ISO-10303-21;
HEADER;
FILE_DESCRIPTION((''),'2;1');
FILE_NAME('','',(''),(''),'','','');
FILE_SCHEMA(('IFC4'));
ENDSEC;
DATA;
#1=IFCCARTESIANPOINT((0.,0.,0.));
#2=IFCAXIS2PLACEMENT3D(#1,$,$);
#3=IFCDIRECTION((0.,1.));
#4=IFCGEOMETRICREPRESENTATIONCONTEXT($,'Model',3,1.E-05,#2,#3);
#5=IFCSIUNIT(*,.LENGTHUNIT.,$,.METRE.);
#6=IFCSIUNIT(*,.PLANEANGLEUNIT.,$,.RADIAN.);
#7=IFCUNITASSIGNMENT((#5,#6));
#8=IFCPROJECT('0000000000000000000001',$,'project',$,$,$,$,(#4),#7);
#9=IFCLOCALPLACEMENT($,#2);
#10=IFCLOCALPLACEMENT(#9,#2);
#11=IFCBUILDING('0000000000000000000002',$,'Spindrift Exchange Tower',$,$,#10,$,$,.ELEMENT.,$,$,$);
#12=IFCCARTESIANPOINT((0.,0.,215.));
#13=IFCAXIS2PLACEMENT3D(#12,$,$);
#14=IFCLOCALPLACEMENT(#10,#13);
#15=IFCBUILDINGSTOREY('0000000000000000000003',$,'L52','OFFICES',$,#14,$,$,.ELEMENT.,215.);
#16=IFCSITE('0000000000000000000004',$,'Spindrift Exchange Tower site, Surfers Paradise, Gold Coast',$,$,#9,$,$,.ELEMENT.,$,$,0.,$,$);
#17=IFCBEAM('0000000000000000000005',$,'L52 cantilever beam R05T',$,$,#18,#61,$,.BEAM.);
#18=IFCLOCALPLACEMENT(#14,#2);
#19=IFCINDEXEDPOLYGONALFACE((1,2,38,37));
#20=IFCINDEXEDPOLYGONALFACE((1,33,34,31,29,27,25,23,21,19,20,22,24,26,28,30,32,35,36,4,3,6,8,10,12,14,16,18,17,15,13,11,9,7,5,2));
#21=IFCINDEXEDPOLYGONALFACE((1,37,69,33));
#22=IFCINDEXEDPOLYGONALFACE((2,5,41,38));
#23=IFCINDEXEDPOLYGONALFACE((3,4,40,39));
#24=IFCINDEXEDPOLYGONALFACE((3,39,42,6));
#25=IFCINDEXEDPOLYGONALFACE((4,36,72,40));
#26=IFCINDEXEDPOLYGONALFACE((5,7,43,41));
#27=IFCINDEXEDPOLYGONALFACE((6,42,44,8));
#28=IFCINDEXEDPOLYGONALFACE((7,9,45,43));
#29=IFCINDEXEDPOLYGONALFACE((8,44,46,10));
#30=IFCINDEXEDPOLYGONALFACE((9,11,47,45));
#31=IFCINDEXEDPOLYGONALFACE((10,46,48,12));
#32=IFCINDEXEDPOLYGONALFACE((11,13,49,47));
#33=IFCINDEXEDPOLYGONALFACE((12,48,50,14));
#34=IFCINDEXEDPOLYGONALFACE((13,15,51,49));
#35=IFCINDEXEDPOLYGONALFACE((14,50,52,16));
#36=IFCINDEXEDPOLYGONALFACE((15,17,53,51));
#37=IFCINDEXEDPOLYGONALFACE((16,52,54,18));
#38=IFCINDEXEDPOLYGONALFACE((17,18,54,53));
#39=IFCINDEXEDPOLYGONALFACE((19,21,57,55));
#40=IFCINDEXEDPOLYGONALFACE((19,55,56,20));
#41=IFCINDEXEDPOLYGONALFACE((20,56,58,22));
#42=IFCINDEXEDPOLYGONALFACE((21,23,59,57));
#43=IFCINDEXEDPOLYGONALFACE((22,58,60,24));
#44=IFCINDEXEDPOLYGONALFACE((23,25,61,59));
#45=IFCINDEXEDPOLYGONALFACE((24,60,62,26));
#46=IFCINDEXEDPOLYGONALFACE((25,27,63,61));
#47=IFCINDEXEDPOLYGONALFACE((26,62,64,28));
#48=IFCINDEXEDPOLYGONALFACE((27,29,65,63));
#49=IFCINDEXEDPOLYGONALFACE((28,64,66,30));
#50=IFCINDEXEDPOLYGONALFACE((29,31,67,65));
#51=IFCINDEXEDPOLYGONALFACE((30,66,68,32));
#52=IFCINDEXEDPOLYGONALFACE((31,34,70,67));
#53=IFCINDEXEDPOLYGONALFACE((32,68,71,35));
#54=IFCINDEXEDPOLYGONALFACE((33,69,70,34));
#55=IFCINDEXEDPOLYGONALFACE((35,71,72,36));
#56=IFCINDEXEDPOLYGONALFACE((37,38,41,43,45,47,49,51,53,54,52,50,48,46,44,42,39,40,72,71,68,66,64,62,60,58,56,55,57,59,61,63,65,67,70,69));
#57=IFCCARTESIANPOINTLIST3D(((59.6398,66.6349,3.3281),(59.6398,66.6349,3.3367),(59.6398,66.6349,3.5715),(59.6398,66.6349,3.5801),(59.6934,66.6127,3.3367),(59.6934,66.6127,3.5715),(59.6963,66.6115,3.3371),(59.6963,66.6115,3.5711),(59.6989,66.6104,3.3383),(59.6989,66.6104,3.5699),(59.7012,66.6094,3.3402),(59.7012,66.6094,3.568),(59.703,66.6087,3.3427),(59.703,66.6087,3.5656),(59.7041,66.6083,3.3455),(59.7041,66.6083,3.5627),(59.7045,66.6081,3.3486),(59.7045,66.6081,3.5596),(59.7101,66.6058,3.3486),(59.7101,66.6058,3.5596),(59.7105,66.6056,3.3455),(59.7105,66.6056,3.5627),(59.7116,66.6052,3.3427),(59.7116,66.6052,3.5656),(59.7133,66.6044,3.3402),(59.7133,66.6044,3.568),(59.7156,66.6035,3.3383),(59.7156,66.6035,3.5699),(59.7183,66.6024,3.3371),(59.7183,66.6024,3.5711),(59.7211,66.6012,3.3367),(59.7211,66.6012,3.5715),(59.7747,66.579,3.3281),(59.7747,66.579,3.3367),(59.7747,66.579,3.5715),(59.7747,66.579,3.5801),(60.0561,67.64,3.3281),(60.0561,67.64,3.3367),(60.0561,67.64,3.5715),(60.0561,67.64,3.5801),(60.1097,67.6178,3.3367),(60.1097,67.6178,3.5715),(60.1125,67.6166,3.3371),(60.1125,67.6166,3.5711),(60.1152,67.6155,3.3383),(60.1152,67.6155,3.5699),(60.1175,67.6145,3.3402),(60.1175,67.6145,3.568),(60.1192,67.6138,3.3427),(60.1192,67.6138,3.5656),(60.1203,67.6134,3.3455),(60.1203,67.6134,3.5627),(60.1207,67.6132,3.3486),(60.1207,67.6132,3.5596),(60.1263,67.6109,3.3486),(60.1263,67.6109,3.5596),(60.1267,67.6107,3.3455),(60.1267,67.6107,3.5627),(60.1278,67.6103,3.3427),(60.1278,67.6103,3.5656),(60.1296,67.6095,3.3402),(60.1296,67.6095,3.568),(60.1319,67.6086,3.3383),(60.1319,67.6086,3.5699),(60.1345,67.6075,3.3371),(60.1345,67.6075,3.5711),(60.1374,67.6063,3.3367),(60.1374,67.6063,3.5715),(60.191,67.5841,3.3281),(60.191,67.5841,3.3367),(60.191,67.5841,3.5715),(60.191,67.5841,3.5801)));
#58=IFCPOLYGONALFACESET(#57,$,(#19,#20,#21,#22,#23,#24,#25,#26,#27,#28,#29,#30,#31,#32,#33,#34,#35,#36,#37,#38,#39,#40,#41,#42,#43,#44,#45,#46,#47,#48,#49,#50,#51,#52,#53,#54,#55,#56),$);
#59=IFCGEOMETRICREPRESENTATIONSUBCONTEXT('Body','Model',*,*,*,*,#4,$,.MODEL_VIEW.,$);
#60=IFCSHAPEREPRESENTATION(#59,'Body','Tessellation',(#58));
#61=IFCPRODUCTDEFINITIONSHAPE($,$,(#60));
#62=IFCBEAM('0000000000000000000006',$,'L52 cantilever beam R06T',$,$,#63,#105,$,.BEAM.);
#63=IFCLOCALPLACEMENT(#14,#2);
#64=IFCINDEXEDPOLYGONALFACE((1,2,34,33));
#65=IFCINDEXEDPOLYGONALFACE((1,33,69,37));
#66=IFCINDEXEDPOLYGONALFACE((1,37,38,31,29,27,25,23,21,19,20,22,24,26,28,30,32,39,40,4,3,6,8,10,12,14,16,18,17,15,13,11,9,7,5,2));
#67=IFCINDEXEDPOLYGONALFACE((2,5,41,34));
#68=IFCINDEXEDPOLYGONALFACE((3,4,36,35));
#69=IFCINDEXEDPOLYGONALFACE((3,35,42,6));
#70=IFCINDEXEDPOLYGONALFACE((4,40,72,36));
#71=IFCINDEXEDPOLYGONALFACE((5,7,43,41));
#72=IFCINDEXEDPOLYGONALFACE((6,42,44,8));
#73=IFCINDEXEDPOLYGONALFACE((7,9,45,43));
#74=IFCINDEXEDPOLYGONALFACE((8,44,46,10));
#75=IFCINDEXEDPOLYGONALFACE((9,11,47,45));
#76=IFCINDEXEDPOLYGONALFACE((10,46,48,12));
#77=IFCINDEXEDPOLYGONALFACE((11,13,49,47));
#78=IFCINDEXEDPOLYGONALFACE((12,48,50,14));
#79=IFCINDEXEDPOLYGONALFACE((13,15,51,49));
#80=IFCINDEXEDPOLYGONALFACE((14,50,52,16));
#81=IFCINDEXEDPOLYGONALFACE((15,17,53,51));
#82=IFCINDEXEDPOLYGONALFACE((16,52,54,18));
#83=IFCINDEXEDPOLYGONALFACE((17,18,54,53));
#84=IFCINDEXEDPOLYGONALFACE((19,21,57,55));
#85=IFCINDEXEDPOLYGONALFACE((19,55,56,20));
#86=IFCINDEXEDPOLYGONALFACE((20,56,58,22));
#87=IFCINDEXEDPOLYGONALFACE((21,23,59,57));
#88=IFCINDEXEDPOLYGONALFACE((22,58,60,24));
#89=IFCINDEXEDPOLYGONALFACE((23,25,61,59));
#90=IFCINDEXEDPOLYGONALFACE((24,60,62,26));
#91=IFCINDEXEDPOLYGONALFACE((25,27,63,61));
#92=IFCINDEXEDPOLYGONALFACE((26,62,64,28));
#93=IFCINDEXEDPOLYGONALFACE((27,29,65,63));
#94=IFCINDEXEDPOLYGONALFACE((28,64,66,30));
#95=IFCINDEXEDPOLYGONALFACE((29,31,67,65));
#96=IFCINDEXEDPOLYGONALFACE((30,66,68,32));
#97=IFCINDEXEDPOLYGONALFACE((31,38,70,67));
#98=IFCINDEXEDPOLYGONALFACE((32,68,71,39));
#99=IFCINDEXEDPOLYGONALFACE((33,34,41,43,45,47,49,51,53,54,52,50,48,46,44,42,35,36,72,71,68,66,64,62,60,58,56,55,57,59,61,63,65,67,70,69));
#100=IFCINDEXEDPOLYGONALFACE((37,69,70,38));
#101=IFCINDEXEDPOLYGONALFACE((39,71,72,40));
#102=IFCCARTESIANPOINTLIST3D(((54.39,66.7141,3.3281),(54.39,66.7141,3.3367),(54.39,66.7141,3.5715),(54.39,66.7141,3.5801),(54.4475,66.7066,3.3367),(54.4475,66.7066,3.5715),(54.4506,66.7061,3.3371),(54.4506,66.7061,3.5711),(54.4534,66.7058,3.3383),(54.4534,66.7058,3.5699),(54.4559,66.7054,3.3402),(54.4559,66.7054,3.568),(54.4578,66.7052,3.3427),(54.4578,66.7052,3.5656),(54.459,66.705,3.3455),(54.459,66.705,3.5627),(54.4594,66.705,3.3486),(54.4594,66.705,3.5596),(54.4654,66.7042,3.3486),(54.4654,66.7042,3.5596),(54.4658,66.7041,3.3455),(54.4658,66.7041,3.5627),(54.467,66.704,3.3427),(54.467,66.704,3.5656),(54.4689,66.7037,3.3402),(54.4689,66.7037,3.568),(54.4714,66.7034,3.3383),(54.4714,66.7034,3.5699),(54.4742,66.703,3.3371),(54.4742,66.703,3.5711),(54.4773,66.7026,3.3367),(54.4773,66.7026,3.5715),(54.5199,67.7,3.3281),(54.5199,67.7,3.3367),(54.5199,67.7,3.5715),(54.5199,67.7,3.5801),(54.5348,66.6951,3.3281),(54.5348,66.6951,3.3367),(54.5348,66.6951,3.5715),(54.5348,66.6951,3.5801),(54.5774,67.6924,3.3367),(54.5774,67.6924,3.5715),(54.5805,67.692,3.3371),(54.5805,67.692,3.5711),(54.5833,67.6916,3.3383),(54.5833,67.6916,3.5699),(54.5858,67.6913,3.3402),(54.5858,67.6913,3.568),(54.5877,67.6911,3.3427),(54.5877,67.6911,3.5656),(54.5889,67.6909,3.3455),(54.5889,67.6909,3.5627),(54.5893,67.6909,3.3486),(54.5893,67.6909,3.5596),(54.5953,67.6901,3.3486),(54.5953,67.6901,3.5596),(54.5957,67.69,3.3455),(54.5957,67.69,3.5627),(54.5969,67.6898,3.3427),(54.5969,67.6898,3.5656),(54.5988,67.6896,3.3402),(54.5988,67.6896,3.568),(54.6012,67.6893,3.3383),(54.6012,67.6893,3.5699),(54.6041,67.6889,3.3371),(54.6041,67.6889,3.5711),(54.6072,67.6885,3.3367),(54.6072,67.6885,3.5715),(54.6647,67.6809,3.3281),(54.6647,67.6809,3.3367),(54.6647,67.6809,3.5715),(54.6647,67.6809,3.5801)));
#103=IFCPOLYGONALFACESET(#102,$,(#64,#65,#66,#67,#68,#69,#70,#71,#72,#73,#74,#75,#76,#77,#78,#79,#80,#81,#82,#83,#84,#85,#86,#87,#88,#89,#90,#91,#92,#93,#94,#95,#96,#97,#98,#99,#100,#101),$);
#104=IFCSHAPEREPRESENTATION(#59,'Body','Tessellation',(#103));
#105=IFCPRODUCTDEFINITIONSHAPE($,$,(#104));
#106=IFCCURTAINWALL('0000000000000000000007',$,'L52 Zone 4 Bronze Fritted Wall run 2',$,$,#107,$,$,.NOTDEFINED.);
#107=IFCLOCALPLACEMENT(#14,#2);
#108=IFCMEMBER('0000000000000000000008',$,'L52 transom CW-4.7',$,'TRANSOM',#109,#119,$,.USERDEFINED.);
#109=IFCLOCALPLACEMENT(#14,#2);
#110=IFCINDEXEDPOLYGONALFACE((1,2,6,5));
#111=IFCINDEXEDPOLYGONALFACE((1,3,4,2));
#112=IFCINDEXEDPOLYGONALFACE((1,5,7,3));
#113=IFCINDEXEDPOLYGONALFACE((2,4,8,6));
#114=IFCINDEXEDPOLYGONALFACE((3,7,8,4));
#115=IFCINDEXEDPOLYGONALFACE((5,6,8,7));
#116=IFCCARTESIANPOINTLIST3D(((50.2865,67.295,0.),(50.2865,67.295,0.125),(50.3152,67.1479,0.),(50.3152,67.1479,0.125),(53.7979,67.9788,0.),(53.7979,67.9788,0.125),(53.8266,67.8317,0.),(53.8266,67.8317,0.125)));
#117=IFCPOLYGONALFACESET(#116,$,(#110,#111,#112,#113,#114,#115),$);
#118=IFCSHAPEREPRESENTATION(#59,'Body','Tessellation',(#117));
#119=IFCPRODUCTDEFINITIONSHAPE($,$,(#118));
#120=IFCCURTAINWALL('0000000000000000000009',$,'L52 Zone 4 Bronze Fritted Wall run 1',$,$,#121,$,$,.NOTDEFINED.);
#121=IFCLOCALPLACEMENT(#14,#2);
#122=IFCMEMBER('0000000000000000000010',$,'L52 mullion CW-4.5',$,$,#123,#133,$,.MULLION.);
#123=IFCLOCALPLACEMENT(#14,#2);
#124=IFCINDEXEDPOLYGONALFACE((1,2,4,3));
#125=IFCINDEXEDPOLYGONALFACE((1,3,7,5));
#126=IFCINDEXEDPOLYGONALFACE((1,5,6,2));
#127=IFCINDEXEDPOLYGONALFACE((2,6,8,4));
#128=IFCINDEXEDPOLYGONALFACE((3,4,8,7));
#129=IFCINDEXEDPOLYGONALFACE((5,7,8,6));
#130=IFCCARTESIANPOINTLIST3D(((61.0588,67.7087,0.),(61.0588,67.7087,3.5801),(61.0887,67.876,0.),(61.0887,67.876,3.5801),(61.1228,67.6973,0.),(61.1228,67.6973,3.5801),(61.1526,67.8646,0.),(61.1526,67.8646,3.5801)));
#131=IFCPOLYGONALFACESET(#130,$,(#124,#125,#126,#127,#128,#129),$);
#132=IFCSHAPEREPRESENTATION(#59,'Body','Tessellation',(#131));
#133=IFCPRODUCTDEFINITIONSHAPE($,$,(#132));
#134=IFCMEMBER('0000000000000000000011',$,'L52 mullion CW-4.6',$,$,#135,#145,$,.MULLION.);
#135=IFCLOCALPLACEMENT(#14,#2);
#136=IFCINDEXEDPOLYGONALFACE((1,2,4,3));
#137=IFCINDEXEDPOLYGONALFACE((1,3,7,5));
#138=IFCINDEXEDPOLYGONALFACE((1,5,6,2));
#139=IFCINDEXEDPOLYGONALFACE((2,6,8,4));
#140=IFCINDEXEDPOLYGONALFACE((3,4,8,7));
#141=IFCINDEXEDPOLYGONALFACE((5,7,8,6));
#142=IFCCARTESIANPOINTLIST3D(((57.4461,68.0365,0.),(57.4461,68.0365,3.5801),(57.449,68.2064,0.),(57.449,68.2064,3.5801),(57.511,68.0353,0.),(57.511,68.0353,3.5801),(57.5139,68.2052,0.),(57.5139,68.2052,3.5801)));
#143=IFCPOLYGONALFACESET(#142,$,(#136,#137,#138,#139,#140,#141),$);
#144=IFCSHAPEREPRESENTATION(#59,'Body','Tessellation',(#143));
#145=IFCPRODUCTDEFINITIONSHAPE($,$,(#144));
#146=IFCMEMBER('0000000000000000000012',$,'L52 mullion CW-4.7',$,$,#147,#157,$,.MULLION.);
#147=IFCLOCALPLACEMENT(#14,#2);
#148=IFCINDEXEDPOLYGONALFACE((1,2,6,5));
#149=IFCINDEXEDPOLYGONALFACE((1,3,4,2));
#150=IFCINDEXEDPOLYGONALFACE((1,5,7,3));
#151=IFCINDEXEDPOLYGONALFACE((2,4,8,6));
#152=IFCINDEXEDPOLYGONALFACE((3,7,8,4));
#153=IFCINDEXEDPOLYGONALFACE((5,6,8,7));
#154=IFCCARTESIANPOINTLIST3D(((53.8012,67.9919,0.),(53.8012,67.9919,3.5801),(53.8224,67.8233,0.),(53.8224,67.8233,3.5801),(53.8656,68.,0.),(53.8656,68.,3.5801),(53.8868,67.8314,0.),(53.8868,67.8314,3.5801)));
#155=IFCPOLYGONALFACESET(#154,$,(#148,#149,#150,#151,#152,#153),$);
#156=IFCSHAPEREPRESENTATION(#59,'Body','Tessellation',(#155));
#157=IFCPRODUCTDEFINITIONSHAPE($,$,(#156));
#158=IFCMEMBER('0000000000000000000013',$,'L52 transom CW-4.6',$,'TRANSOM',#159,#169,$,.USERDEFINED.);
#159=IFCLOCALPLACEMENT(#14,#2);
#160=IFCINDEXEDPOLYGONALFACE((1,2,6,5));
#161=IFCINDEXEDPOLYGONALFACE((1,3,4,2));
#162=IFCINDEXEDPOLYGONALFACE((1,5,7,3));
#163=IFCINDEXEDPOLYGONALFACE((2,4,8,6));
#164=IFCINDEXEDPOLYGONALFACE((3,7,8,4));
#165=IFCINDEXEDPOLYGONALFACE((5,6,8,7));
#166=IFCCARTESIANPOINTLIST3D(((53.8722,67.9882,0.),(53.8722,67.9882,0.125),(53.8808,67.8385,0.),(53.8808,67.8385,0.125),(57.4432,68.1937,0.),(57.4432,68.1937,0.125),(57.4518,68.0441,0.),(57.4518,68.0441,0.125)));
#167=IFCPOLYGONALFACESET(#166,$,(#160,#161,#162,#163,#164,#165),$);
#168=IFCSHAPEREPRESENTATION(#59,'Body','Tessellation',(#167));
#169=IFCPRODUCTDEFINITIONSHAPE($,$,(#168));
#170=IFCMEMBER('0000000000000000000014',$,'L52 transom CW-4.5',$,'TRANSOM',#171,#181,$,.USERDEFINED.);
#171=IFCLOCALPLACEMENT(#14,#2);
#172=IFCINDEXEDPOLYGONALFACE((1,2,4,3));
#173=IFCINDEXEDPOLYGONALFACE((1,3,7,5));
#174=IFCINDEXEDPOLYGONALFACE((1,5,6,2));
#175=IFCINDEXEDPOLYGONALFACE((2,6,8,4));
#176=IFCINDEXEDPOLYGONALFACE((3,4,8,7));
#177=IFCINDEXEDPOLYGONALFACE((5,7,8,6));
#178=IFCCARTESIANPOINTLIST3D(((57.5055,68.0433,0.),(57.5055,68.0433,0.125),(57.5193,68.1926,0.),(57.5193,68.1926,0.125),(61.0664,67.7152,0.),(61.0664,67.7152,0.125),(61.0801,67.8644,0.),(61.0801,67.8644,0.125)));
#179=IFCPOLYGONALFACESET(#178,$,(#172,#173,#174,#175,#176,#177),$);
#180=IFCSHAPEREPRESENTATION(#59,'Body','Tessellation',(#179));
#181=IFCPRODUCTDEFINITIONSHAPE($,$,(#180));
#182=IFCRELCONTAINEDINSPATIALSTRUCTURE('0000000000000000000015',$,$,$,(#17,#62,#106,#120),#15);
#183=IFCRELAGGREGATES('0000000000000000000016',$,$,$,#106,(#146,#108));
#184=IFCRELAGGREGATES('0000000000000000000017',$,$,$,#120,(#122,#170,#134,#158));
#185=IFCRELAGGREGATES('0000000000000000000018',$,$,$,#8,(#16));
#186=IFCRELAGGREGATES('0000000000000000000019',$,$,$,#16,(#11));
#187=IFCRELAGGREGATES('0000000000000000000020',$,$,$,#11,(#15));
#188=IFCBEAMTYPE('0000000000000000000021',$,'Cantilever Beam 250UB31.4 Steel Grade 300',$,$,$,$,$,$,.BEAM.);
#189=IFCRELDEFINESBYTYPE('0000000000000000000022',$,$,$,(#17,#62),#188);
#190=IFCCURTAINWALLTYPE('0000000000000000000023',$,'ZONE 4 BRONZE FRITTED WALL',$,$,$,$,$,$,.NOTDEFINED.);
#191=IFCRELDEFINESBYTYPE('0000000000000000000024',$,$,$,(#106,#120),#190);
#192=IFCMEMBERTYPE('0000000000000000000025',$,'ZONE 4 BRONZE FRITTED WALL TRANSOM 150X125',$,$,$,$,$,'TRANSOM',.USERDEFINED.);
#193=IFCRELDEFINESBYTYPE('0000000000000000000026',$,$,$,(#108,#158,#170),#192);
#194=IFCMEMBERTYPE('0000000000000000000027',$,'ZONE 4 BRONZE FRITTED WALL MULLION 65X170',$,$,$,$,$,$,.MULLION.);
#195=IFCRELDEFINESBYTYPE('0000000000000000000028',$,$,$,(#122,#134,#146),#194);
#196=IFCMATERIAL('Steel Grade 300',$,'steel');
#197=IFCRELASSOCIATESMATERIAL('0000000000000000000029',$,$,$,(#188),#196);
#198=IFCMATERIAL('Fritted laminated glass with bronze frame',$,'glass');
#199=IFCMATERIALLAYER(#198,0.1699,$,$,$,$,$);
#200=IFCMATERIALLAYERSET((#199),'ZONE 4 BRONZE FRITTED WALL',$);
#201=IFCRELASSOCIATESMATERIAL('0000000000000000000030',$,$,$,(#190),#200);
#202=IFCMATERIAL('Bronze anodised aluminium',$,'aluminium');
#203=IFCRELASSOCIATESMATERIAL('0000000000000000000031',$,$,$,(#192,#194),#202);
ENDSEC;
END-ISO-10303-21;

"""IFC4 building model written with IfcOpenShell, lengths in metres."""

from ifc_helpers import new_model, si_unit, direction, frame, origin, origin_2d, place, context, subcontext, project, spatial, rectangle, i_section, extrude, source, transform, mapped, material, layer, layer_set, material_profile, profile_set, type_object, element, aggregate, save


model = new_model("IFC4")

# Units and contexts
model_context = context("Model", 3, precision=1e-05, world=origin(), true_north=direction((0.0, 1.0)))
body_context = subcontext(model_context, "Body", "Model", "MODEL_VIEW")
ifc_project = project(units=[si_unit("LENGTHUNIT", "METRE"), si_unit("PLANEANGLEUNIT", "RADIAN")], contexts=[model_context])

# Site, building, storey
site_placement = place(None, origin())
site = spatial("IfcSite", under=ifc_project, at=site_placement, Name="Spindrift Exchange Tower site, Surfers Paradise, Gold Coast", CompositionType="ELEMENT", RefElevation=0.0)
building_placement = place(site_placement, origin())
building = spatial("IfcBuilding", under=site, at=building_placement, Name="Spindrift Exchange Tower", CompositionType="ELEMENT")
storey_placement = place(building_placement, frame((0.0, 0.0, 215.0)))
storey = spatial("IfcBuildingStorey", under=building, at=storey_placement, Name="L52", Description="OFFICES", CompositionType="ELEMENT", Elevation=215.0)

# Beams
ifc_material_1 = material(Name="Steel Grade 300", Category="steel")
ifc_material_profile_1 = material_profile(ifc_material_1, i_section(OverallWidth=0.146, OverallDepth=0.252, WebThickness=0.0061, FlangeThickness=0.0085, FilletRadius=0.012, at=origin_2d()), Name="250UB31.4")
ifc_profile_set_1 = profile_set([ifc_material_profile_1], Name="Steel Grade 300")
beam_type_1 = type_object("IfcBeamType", Name="Cantilever Beam 250UB31.4 Steel Grade 300", PredefinedType="BEAM", material=ifc_profile_set_1)
shared_shape_1 = source(origin(), body_context, "Body", "SweptSolid", [
    extrude(i_section(OverallWidth=0.146, OverallDepth=0.252, WebThickness=0.0061, FlangeThickness=0.0085, FilletRadius=0.012, at=origin_2d()), origin(), (0.0, 0.0, 1.0), 1.0879),
])
beam_1_placement = place(storey_placement, frame((59.7073, 66.6069, 3.4541), z_axis=(0.382623, 0.923905, 0.0), x_axis=(-0.923905, 0.382623, 0.0)))
element("IfcBeam", 1, at=beam_1_placement, inside=storey, type_object=beam_type_1, Name="L52 cantilever beam R05T", PredefinedType="BEAM", context=body_context, shape_type="MappedRepresentation", body=[
    mapped(shared_shape_1, transform((0.0, 0.0, 0.0), scale=1.0)),
])
shared_shape_2 = source(origin(), body_context, "Body", "SweptSolid", [
    extrude(i_section(OverallWidth=0.146, OverallDepth=0.252, WebThickness=0.0061, FlangeThickness=0.0085, FilletRadius=0.012, at=origin_2d()), origin(), (0.0, 0.0, 1.0), 0.9944),
])
beam_2_placement = place(storey_placement, frame((54.4624, 66.7046, 3.4541), z_axis=(0.13062, 0.991433, 0.0), x_axis=(-0.991433, 0.13062, 0.0)))
element("IfcBeam", 2, at=beam_2_placement, inside=storey, type_object=beam_type_1, Name="L52 cantilever beam R06T", PredefinedType="BEAM", context=body_context, shape_type="MappedRepresentation", body=[
    mapped(shared_shape_2, transform((0.0, 0.0, 0.0), scale=1.0)),
])

# Curtain wall, member
ifc_material_2 = material(Name="Fritted laminated glass with bronze frame", Category="glass")
ifc_layer_1 = layer(ifc_material_2, 0.1699)
ifc_layer_set_1 = layer_set([ifc_layer_1], Name="ZONE 4 BRONZE FRITTED WALL")
curtain_wall_type = type_object("IfcCurtainWallType", Name="ZONE 4 BRONZE FRITTED WALL", PredefinedType="NOTDEFINED", material=ifc_layer_set_1)
curtain_wall_1_placement = place(storey_placement, origin())
curtain_wall_1 = element("IfcCurtainWall", 3, at=curtain_wall_1_placement, inside=storey, type_object=curtain_wall_type, Name="L52 Zone 4 Bronze Fritted Wall run 2", PredefinedType="NOTDEFINED")
ifc_material_3 = material(Name="Bronze anodised aluminium", Category="aluminium")
ifc_material_profile_2 = material_profile(ifc_material_3, rectangle(XDim=0.1499, YDim=0.125, at=origin_2d()), Name="ZONE 4 BRONZE FRITTED WALL TRANSOM 150X125")
ifc_profile_set_2 = profile_set([ifc_material_profile_2], Name="Bronze anodised aluminium")
member_type_1 = type_object("IfcMemberType", Name="ZONE 4 BRONZE FRITTED WALL TRANSOM 150X125", ElementType="TRANSOM", PredefinedType="USERDEFINED", material=ifc_profile_set_2)
shared_shape_3 = source(origin(), body_context, "Body", "SweptSolid", [
    extrude(rectangle(XDim=0.1499, YDim=0.125, at=origin_2d()), origin(), (0.0, 0.0, 1.0), 3.5774),
])
member_1_placement = place(storey_placement, frame((53.8123, 67.9053, 0.0625), z_axis=(-0.98156, -0.191153, 0.0), x_axis=(0.191153, -0.98156, 0.0)))
member_1 = element("IfcMember", 4, at=member_1_placement, type_object=member_type_1, Name="L52 transom CW-4.7", ObjectType="TRANSOM", PredefinedType="USERDEFINED", context=body_context, shape_type="MappedRepresentation", body=[
    mapped(shared_shape_3, transform((0.0, 0.0, 0.0), scale=1.0)),
])

# Curtain wall, members
curtain_wall_2_placement = place(storey_placement, origin())
curtain_wall_2 = element("IfcCurtainWall", 5, at=curtain_wall_2_placement, inside=storey, type_object=curtain_wall_type, Name="L52 Zone 4 Bronze Fritted Wall run 1", PredefinedType="NOTDEFINED")
ifc_material_profile_3 = material_profile(ifc_material_3, rectangle(XDim=0.0649, YDim=0.1699, at=origin_2d()), Name="ZONE 4 BRONZE FRITTED WALL MULLION 65X170")
ifc_profile_set_3 = profile_set([ifc_material_profile_3], Name="Bronze anodised aluminium")
member_type_2 = type_object("IfcMemberType", Name="ZONE 4 BRONZE FRITTED WALL MULLION 65X170", PredefinedType="MULLION", material=ifc_profile_set_3)
shared_shape_4 = source(origin(), body_context, "Body", "SweptSolid", [
    extrude(rectangle(XDim=0.0649, YDim=0.1699, at=origin_2d()), origin(), (0.0, 0.0, 1.0), 3.5801),
])
member_2_placement = place(storey_placement, frame((61.1057, 67.7866, 0.0), z_axis=(0.0, 0.0, 1.0), x_axis=(-0.984463, 0.175591, 0.0)))
member_2 = element("IfcMember", 6, at=member_2_placement, type_object=member_type_2, Name="L52 mullion CW-4.5", PredefinedType="MULLION", context=body_context, shape_type="MappedRepresentation", body=[
    mapped(shared_shape_4, transform((0.0, 0.0, 0.0), scale=1.0)),
])
member_3_placement = place(storey_placement, frame((57.48, 68.1208, 0.0), z_axis=(0.0, 0.0, 1.0), x_axis=(-0.999852, 0.017193, 0.0)))
member_3 = element("IfcMember", 7, at=member_3_placement, type_object=member_type_2, Name="L52 mullion CW-4.6", PredefinedType="MULLION", context=body_context, shape_type="MappedRepresentation", body=[
    mapped(shared_shape_4, transform((0.0, 0.0, 0.0), scale=1.0)),
])

# Members
member_4_placement = place(storey_placement, frame((53.844, 67.9116, 0.0), z_axis=(0.0, 0.0, 1.0), x_axis=(-0.992209, -0.124588, 0.0)))
member_4 = element("IfcMember", 8, at=member_4_placement, type_object=member_type_2, Name="L52 mullion CW-4.7", PredefinedType="MULLION", context=body_context, shape_type="MappedRepresentation", body=[
    mapped(shared_shape_4, transform((0.0, 0.0, 0.0), scale=1.0)),
])
aggregate(curtain_wall_1, [member_4, member_1])
shared_shape_5 = source(origin(), body_context, "Body", "SweptSolid", [
    extrude(rectangle(XDim=0.1499, YDim=0.125, at=origin_2d()), origin(), (0.0, 0.0, 1.0), 3.5769),
])
member_5_placement = place(storey_placement, frame((57.4475, 68.1189, 0.0625), z_axis=(-0.998347, -0.05747, 0.0), x_axis=(0.05747, -0.998347, 0.0)))
member_5 = element("IfcMember", 9, at=member_5_placement, type_object=member_type_1, Name="L52 transom CW-4.6", ObjectType="TRANSOM", PredefinedType="USERDEFINED", context=body_context, shape_type="MappedRepresentation", body=[
    mapped(shared_shape_5, transform((0.0, 0.0, 0.0), scale=1.0)),
])
shared_shape_6 = source(origin(), body_context, "Body", "SweptSolid", [
    extrude(rectangle(XDim=0.1499, YDim=0.125, at=origin_2d()), origin(), (0.0, 0.0, 1.0), 3.5759),
])
member_6_placement = place(storey_placement, frame((61.0732, 67.7898, 0.0625), z_axis=(-0.995781, 0.091761, 0.0), x_axis=(-0.091761, -0.995781, 0.0)))
member_6 = element("IfcMember", 10, at=member_6_placement, type_object=member_type_1, Name="L52 transom CW-4.5", ObjectType="TRANSOM", PredefinedType="USERDEFINED", context=body_context, shape_type="MappedRepresentation", body=[
    mapped(shared_shape_6, transform((0.0, 0.0, 0.0), scale=1.0)),
])

aggregate(curtain_wall_2, [member_2, member_6, member_3, member_5])

save(model, "model.ifc")
